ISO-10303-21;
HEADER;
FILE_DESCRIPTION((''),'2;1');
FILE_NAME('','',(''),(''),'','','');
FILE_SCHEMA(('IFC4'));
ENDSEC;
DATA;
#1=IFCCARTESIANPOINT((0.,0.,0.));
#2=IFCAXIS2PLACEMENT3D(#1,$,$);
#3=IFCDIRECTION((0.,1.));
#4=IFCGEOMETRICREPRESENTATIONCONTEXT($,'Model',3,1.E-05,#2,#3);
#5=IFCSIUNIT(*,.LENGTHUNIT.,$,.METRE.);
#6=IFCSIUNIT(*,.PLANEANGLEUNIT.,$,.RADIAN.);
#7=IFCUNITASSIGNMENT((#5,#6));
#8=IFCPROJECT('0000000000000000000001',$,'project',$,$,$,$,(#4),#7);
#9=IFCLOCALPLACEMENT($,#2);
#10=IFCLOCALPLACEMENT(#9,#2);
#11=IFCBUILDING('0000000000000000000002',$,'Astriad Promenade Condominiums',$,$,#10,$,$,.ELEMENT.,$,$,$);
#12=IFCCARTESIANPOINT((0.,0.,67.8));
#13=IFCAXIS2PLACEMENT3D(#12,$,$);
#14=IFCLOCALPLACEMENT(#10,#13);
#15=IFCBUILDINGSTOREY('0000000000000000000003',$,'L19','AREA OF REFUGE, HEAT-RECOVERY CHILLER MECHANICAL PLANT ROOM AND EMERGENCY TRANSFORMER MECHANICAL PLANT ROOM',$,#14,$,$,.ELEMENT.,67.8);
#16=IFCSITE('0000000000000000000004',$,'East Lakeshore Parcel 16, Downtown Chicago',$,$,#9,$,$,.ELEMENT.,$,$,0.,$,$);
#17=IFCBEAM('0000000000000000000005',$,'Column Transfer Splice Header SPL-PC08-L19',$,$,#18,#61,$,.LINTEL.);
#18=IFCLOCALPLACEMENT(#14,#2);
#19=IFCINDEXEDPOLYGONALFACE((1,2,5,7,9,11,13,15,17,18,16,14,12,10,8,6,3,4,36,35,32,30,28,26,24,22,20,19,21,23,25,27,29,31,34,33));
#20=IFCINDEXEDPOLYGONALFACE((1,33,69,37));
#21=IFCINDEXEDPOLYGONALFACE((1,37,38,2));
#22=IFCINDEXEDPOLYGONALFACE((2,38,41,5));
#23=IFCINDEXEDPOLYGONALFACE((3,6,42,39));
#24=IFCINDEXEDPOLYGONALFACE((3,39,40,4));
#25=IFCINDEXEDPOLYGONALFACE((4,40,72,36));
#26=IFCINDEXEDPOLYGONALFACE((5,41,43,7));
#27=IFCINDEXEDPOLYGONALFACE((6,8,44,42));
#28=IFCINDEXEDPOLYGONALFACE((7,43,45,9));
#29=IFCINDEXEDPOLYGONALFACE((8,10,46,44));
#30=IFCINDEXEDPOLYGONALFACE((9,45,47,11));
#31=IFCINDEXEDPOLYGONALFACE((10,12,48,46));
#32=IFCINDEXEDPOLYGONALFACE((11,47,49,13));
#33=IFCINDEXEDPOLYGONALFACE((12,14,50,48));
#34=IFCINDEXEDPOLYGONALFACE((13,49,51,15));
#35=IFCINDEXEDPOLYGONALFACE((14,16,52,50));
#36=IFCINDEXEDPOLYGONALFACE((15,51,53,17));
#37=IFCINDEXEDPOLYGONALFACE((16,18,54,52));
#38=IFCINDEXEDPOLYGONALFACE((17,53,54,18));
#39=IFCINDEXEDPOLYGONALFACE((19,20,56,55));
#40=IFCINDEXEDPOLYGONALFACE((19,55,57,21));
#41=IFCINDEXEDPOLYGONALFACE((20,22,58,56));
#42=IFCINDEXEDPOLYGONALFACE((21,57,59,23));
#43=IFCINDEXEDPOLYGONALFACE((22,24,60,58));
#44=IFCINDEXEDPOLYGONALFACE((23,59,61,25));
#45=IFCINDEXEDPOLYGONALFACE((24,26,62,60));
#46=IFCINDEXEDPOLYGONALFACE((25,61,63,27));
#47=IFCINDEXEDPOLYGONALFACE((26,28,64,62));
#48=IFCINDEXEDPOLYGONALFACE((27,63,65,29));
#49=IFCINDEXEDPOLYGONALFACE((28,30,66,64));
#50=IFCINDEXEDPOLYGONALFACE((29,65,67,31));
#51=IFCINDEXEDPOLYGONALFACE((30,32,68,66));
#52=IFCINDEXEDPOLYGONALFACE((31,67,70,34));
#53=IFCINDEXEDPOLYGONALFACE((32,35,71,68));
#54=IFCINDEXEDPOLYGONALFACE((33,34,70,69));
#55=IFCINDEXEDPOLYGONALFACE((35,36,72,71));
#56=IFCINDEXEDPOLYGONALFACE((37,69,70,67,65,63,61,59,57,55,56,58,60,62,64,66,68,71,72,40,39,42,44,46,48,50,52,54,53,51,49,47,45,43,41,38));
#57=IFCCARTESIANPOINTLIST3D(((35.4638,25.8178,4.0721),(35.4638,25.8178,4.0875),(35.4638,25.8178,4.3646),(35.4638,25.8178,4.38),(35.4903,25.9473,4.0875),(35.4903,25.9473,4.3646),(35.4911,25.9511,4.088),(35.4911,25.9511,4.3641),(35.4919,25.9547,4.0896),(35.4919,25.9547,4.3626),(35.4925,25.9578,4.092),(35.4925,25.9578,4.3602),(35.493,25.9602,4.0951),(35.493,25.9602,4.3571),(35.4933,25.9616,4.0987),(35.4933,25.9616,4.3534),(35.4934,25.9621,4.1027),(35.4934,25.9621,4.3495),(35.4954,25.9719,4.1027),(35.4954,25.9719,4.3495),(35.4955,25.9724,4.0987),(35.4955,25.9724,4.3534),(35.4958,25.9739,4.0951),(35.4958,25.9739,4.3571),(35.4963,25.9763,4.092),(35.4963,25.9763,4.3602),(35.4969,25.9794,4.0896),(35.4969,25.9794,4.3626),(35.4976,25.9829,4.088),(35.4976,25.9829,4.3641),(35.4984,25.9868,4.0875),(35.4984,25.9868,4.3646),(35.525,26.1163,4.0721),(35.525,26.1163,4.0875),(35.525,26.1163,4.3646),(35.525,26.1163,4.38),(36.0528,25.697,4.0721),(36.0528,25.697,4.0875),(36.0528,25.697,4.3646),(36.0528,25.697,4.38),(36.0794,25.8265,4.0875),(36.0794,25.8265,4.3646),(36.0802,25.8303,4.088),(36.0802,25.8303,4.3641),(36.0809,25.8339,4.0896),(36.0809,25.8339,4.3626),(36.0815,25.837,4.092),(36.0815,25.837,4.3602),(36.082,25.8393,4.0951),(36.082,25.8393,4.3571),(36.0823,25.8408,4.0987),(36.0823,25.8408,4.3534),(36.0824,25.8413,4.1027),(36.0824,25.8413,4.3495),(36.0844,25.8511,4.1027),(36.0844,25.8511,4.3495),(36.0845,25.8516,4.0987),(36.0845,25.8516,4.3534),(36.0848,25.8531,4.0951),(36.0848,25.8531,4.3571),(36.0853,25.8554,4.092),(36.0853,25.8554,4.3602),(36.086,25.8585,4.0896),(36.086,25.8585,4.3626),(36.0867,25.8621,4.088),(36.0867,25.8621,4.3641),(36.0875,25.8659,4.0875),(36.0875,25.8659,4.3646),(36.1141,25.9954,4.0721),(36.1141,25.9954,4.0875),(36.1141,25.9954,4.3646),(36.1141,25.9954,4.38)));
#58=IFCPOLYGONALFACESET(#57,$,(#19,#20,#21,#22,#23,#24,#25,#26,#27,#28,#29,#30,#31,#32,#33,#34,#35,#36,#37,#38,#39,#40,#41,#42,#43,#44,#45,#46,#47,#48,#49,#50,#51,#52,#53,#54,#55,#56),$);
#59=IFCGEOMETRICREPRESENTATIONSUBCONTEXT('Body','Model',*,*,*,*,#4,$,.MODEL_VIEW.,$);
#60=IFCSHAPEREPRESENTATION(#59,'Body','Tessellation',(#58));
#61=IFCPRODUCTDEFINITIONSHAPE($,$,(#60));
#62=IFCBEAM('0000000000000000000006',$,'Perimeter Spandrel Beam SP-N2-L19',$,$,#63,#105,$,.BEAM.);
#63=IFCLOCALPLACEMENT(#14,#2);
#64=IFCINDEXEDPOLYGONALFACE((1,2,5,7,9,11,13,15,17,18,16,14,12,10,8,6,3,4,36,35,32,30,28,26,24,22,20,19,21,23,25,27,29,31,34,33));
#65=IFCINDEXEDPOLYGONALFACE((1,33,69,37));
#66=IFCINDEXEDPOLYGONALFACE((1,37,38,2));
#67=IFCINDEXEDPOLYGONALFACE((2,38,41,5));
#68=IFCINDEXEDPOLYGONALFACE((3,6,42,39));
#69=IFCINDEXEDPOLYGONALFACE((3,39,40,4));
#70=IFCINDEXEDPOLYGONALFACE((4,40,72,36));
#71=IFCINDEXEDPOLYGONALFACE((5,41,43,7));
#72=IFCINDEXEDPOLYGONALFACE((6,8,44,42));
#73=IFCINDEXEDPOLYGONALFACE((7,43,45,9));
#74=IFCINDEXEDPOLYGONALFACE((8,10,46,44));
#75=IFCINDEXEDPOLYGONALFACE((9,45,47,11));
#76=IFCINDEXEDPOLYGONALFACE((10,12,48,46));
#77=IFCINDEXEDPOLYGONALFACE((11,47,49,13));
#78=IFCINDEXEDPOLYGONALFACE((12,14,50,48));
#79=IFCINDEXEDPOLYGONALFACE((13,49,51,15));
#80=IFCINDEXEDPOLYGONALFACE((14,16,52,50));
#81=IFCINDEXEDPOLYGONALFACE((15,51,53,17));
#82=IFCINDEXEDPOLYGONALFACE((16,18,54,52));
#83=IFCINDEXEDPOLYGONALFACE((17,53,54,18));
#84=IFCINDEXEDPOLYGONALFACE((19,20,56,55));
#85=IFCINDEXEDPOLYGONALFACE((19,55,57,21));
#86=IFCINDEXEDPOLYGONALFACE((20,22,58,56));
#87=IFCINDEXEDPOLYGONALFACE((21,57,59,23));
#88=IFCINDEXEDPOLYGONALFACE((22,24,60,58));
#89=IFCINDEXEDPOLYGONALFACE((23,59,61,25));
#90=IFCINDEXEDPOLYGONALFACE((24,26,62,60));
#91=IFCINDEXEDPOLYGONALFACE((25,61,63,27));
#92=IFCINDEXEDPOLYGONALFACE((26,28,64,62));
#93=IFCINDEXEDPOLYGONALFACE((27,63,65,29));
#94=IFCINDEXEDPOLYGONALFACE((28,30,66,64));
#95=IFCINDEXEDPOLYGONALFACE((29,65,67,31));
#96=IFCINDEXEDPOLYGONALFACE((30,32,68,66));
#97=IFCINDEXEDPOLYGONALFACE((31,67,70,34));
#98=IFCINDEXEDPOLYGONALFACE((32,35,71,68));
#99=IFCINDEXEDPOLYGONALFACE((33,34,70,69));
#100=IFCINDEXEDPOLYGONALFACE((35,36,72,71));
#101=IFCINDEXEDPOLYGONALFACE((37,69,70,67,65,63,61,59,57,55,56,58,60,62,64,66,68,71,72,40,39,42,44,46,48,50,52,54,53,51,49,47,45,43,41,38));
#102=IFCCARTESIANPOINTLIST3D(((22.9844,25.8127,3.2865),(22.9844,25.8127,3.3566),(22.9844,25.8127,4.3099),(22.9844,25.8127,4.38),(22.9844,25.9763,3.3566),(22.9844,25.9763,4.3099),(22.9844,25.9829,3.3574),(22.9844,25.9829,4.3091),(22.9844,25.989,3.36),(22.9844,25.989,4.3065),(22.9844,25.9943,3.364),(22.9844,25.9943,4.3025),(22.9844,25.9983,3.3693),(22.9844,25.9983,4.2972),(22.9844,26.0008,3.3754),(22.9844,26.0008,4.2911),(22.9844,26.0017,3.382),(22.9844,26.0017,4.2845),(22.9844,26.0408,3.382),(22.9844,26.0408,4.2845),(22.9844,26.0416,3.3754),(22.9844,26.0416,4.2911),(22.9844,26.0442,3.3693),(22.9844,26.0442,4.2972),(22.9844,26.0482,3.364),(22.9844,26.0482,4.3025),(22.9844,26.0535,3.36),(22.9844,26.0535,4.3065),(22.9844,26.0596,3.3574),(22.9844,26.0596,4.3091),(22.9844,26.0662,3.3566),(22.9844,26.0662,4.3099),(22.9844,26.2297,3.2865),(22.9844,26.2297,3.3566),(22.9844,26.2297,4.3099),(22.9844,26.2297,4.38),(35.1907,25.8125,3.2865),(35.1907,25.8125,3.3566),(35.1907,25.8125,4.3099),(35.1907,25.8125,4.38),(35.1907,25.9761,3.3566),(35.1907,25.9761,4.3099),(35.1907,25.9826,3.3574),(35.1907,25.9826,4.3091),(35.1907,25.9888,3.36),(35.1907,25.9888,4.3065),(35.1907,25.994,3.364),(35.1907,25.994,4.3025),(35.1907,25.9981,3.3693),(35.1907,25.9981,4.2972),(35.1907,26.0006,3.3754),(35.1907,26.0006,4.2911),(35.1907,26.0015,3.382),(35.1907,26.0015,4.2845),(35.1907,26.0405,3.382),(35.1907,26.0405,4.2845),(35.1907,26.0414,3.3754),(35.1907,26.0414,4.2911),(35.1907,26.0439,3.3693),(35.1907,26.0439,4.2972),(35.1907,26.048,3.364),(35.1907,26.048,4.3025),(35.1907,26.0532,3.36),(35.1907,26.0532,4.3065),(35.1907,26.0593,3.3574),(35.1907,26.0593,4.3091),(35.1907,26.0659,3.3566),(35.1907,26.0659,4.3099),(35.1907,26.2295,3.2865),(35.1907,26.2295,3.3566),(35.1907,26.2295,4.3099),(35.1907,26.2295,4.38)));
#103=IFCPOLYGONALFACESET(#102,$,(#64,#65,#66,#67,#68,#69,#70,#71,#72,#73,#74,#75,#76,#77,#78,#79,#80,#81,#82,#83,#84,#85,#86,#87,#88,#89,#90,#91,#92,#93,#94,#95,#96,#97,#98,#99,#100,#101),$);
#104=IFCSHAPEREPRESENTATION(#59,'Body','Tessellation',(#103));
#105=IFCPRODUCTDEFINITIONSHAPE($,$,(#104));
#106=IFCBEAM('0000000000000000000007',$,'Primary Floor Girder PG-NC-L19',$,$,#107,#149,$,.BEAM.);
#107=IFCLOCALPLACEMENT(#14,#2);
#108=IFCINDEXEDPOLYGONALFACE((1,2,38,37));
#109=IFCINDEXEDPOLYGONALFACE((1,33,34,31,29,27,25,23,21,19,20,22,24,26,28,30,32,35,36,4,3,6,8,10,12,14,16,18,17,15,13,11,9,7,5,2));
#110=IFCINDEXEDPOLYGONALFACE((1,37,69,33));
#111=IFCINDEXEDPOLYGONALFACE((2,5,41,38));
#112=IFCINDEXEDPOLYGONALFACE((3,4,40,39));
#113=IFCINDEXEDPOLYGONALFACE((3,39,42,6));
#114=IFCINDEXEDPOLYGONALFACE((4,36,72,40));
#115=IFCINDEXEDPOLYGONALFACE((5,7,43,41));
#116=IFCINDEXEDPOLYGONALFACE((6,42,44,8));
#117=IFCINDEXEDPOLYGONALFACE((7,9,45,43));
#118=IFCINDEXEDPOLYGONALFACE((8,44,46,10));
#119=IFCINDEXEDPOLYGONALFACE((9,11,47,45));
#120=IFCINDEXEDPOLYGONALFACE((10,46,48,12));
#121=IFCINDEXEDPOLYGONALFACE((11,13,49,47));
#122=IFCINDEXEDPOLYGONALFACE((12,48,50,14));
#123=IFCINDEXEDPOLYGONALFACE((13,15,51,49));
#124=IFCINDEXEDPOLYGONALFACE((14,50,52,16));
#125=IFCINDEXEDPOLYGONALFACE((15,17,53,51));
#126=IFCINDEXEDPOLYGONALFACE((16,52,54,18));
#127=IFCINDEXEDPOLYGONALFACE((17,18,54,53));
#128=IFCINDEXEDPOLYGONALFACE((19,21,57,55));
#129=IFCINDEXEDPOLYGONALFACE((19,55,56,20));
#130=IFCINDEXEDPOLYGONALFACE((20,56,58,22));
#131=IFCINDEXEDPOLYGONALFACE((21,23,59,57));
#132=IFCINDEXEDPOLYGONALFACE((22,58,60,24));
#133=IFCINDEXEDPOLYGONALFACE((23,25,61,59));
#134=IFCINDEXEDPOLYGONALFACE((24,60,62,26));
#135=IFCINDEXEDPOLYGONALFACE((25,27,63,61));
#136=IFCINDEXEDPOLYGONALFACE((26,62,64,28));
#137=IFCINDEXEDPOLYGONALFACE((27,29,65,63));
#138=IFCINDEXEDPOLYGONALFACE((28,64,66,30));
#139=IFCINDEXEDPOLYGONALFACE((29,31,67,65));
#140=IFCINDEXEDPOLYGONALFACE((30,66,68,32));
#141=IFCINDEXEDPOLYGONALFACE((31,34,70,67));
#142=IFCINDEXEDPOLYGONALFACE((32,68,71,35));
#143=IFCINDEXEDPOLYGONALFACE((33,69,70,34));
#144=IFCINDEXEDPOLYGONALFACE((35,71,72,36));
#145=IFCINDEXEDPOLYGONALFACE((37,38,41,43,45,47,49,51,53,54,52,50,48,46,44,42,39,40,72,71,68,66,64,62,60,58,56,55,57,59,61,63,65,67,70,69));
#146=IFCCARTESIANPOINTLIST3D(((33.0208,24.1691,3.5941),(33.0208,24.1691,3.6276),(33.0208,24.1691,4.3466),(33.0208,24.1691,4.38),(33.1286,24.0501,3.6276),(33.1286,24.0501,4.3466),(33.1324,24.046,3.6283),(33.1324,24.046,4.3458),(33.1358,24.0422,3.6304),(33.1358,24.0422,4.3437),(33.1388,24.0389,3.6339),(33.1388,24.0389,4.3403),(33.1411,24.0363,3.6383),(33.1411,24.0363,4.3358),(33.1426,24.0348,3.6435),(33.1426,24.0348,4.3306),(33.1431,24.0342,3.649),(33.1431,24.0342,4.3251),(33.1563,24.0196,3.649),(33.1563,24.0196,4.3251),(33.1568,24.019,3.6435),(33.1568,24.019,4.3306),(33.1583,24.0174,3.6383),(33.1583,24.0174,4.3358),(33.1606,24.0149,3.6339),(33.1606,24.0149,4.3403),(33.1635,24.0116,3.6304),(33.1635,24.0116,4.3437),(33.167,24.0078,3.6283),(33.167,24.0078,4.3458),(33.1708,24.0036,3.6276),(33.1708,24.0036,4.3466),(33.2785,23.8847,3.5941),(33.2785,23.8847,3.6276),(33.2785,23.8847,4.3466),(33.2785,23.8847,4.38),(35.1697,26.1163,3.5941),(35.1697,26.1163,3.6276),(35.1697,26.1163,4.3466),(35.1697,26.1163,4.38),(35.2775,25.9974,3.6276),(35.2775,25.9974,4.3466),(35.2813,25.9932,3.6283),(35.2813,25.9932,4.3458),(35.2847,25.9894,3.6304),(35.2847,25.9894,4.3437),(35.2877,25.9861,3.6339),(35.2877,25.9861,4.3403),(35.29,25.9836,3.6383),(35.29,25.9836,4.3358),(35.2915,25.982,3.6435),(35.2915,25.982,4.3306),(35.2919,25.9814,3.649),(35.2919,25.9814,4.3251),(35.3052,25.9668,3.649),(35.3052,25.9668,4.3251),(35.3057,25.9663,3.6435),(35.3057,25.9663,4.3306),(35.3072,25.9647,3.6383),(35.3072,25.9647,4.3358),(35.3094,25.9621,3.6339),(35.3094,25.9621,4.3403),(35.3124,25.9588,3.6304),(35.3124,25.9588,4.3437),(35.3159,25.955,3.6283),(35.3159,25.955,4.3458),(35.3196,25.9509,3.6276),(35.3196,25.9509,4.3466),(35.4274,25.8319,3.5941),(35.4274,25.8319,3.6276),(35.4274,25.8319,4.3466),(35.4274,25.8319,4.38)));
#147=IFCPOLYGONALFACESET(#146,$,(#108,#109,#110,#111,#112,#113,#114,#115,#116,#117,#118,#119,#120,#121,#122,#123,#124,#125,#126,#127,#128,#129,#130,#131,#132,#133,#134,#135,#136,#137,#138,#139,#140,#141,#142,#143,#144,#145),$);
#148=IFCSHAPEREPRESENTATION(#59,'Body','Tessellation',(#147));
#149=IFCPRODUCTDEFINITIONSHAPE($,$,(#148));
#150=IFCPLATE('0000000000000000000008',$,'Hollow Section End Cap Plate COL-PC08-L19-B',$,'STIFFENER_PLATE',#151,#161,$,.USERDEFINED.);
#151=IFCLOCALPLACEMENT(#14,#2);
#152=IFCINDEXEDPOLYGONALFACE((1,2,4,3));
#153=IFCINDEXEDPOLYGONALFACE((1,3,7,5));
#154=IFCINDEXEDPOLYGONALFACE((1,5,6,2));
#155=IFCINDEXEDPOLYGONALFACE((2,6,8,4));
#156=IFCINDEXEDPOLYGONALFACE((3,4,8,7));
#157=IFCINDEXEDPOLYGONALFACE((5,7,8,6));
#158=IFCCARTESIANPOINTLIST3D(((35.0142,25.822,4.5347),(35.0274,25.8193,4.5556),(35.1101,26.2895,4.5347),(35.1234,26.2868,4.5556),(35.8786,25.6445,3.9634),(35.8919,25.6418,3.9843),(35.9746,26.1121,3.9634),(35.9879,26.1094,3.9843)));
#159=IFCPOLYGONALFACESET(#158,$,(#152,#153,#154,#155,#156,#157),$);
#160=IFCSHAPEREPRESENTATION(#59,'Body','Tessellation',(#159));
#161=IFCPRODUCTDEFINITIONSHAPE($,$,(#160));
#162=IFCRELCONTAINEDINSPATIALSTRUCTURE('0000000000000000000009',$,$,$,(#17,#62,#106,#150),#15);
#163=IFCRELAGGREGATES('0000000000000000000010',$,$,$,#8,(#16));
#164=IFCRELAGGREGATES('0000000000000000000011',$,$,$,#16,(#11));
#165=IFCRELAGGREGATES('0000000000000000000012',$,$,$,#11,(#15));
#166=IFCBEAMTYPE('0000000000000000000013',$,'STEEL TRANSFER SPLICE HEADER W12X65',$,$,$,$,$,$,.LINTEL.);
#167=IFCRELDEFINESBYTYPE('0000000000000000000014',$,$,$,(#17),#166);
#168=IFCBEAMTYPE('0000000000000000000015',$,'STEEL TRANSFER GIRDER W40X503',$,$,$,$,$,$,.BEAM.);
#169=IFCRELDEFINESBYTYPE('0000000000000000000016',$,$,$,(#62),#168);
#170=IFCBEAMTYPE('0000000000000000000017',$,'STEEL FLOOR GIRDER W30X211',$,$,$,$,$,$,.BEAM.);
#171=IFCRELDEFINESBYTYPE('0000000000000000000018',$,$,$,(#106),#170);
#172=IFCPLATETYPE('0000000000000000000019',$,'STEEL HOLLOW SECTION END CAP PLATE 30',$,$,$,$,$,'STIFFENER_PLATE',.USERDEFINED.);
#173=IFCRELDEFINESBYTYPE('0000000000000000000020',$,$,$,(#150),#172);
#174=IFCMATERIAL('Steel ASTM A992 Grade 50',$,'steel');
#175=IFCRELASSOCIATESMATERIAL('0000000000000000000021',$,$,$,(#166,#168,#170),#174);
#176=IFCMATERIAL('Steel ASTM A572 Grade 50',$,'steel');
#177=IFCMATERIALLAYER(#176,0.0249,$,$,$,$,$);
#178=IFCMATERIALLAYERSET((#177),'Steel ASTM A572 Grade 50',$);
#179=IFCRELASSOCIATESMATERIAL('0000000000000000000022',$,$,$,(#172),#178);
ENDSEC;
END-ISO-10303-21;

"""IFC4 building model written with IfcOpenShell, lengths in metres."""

from ifc_helpers import new_model, si_unit, direction, frame, origin, origin_2d, place, context, subcontext, project, spatial, rectangle, i_section, extrude, source, transform, mapped, material, layer, layer_set, material_profile, profile_set, type_object, type_shapes, element, save


model = new_model("IFC4")

# Units and contexts
model_context = context("Model", 3, precision=1e-05, world=origin(), true_north=direction((0.0, 1.0)))
body_context = subcontext(model_context, "Body", "Model", "MODEL_VIEW")
ifc_project = project(units=[si_unit("LENGTHUNIT", "METRE"), si_unit("PLANEANGLEUNIT", "RADIAN")], contexts=[model_context])

# Site, building, storey
site_placement = place(None, origin())
site = spatial("IfcSite", under=ifc_project, at=site_placement, Name="East Lakeshore Parcel 16, Downtown Chicago", CompositionType="ELEMENT", RefElevation=0.0)
building_placement = place(site_placement, origin())
building = spatial("IfcBuilding", under=site, at=building_placement, Name="Astriad Promenade Condominiums", CompositionType="ELEMENT")
storey_placement = place(building_placement, frame((0.0, 0.0, 67.8)))
storey = spatial("IfcBuildingStorey", under=building, at=storey_placement, Name="L19", Description="AREA OF REFUGE, HEAT-RECOVERY CHILLER MECHANICAL PLANT ROOM AND EMERGENCY TRANSFORMER MECHANICAL PLANT ROOM", CompositionType="ELEMENT", Elevation=67.8)

# Shared definitions
ifc_material_1 = material(Name="Steel ASTM A992 Grade 50", Category="steel")

# Beams
ifc_material_profile_1 = material_profile(ifc_material_1, i_section(OverallWidth=0.3047, OverallDepth=0.3079, WebThickness=0.01, FlangeThickness=0.0154, FilletRadius=0.0151, at=origin_2d()), Name="W12X65")
ifc_profile_set_1 = profile_set([ifc_material_profile_1], Name="Steel ASTM A992 Grade 50")
beam_type_1 = type_object("IfcBeamType", Name="STEEL TRANSFER SPLICE HEADER W12X65", PredefinedType="LINTEL", material=ifc_profile_set_1)
shared_shape_1 = source(origin(), body_context, "Body", "SweptSolid", [
    extrude(i_section(OverallWidth=0.3047, OverallDepth=0.3079, WebThickness=0.01, FlangeThickness=0.0154, FilletRadius=0.0151, at=origin_2d()), origin(), (0.0, 0.0, 1.0), 0.6013),
])
type_shapes(beam_type_1, [shared_shape_1])
beam_1_placement = place(storey_placement, frame((35.4944, 25.967, 4.2261), z_axis=(0.979601, -0.200954, 0.0), x_axis=(0.200954, 0.979601, 0.0)))
element("IfcBeam", 1, at=beam_1_placement, inside=storey, type_object=beam_type_1, Name="Column Transfer Splice Header SPL-PC08-L19", PredefinedType="LINTEL", context=body_context, shape_type="MappedRepresentation", body=[
    mapped(shared_shape_1, transform((0.0, 0.0, 0.0), scale=1.0)),
])
ifc_material_profile_2 = material_profile(ifc_material_1, i_section(OverallWidth=0.417, OverallDepth=1.0935, WebThickness=0.0391, FlangeThickness=0.0701, FilletRadius=0.0254, at=origin_2d()), Name="W40X503")
ifc_profile_set_2 = profile_set([ifc_material_profile_2], Name="Steel ASTM A992 Grade 50")
beam_type_2 = type_object("IfcBeamType", Name="STEEL TRANSFER GIRDER W40X503", PredefinedType="BEAM", material=ifc_profile_set_2)
shared_shape_2 = source(origin(), body_context, "Body", "SweptSolid", [
    extrude(i_section(OverallWidth=0.417, OverallDepth=1.0935, WebThickness=0.0391, FlangeThickness=0.0701, FilletRadius=0.0254, at=origin_2d()), origin(), (0.0, 0.0, 1.0), 12.2063),
])
type_shapes(beam_type_2, [shared_shape_2])
beam_2_placement = place(storey_placement, frame((35.1907, 26.021, 3.8333), z_axis=(-1.0, 0.00002, 0.0), x_axis=(-0.00002, -1.0, 0.0)))
element("IfcBeam", 2, at=beam_2_placement, inside=storey, type_object=beam_type_2, Name="Perimeter Spandrel Beam SP-N2-L19", PredefinedType="BEAM", context=body_context, shape_type="MappedRepresentation", body=[
    mapped(shared_shape_2, transform((0.0, 0.0, 0.0), scale=1.0)),
])
ifc_material_profile_3 = material_profile(ifc_material_1, i_section(OverallWidth=0.3838, OverallDepth=0.7859, WebThickness=0.0198, FlangeThickness=0.0334, FilletRadius=0.0215, at=origin_2d()), Name="W30X211")
ifc_profile_set_3 = profile_set([ifc_material_profile_3], Name="Steel ASTM A992 Grade 50")
beam_type_3 = type_object("IfcBeamType", Name="STEEL FLOOR GIRDER W30X211", PredefinedType="BEAM", material=ifc_profile_set_3)
shared_shape_3 = source(origin(), body_context, "Body", "SweptSolid", [
    extrude(i_section(OverallWidth=0.3838, OverallDepth=0.7859, WebThickness=0.0198, FlangeThickness=0.0334, FilletRadius=0.0215, at=origin_2d()), origin(), (0.0, 0.0, 1.0), 2.8999),
])
type_shapes(beam_type_3, [shared_shape_3])
beam_3_placement = place(storey_placement, frame((35.2986, 25.9741, 3.9871), z_axis=(-0.741021, -0.671482, 0.0), x_axis=(0.671482, -0.741021, 0.0)))
element("IfcBeam", 3, at=beam_3_placement, inside=storey, type_object=beam_type_3, Name="Primary Floor Girder PG-NC-L19", PredefinedType="BEAM", context=body_context, shape_type="MappedRepresentation", body=[
    mapped(shared_shape_3, transform((0.0, 0.0, 0.0), scale=1.0)),
])

# Plate
ifc_material_2 = material(Name="Steel ASTM A572 Grade 50", Category="steel")
ifc_layer_1 = layer(ifc_material_2, 0.0249)
ifc_layer_set_1 = layer_set([ifc_layer_1], Name="Steel ASTM A572 Grade 50")
plate_type = type_object("IfcPlateType", Name="STEEL HOLLOW SECTION END CAP PLATE 30", ElementType="STIFFENER_PLATE", PredefinedType="USERDEFINED", material=ifc_layer_set_1)
shared_shape_4 = source(origin(), body_context, "Body", "SweptSolid", [
    extrude(rectangle(XDim=0.4773, YDim=1.0513, at=origin_2d()), origin(), (0.0, 0.0, 1.0), 0.0249),
])
type_shapes(plate_type, [shared_shape_4])
plate_placement = place(storey_placement, frame((35.4944, 25.967, 4.249), z_axis=(0.532301, -0.109261, 0.839475), x_axis=(0.20107, 0.979577, 0.0)))
element("IfcPlate", 4, at=plate_placement, inside=storey, type_object=plate_type, Name="Hollow Section End Cap Plate COL-PC08-L19-B", ObjectType="STIFFENER_PLATE", PredefinedType="USERDEFINED", context=body_context, shape_type="MappedRepresentation", body=[
    mapped(shared_shape_4, transform((0.0, 0.0, 0.0), scale=1.0)),
])

save(model, "model.ifc")
